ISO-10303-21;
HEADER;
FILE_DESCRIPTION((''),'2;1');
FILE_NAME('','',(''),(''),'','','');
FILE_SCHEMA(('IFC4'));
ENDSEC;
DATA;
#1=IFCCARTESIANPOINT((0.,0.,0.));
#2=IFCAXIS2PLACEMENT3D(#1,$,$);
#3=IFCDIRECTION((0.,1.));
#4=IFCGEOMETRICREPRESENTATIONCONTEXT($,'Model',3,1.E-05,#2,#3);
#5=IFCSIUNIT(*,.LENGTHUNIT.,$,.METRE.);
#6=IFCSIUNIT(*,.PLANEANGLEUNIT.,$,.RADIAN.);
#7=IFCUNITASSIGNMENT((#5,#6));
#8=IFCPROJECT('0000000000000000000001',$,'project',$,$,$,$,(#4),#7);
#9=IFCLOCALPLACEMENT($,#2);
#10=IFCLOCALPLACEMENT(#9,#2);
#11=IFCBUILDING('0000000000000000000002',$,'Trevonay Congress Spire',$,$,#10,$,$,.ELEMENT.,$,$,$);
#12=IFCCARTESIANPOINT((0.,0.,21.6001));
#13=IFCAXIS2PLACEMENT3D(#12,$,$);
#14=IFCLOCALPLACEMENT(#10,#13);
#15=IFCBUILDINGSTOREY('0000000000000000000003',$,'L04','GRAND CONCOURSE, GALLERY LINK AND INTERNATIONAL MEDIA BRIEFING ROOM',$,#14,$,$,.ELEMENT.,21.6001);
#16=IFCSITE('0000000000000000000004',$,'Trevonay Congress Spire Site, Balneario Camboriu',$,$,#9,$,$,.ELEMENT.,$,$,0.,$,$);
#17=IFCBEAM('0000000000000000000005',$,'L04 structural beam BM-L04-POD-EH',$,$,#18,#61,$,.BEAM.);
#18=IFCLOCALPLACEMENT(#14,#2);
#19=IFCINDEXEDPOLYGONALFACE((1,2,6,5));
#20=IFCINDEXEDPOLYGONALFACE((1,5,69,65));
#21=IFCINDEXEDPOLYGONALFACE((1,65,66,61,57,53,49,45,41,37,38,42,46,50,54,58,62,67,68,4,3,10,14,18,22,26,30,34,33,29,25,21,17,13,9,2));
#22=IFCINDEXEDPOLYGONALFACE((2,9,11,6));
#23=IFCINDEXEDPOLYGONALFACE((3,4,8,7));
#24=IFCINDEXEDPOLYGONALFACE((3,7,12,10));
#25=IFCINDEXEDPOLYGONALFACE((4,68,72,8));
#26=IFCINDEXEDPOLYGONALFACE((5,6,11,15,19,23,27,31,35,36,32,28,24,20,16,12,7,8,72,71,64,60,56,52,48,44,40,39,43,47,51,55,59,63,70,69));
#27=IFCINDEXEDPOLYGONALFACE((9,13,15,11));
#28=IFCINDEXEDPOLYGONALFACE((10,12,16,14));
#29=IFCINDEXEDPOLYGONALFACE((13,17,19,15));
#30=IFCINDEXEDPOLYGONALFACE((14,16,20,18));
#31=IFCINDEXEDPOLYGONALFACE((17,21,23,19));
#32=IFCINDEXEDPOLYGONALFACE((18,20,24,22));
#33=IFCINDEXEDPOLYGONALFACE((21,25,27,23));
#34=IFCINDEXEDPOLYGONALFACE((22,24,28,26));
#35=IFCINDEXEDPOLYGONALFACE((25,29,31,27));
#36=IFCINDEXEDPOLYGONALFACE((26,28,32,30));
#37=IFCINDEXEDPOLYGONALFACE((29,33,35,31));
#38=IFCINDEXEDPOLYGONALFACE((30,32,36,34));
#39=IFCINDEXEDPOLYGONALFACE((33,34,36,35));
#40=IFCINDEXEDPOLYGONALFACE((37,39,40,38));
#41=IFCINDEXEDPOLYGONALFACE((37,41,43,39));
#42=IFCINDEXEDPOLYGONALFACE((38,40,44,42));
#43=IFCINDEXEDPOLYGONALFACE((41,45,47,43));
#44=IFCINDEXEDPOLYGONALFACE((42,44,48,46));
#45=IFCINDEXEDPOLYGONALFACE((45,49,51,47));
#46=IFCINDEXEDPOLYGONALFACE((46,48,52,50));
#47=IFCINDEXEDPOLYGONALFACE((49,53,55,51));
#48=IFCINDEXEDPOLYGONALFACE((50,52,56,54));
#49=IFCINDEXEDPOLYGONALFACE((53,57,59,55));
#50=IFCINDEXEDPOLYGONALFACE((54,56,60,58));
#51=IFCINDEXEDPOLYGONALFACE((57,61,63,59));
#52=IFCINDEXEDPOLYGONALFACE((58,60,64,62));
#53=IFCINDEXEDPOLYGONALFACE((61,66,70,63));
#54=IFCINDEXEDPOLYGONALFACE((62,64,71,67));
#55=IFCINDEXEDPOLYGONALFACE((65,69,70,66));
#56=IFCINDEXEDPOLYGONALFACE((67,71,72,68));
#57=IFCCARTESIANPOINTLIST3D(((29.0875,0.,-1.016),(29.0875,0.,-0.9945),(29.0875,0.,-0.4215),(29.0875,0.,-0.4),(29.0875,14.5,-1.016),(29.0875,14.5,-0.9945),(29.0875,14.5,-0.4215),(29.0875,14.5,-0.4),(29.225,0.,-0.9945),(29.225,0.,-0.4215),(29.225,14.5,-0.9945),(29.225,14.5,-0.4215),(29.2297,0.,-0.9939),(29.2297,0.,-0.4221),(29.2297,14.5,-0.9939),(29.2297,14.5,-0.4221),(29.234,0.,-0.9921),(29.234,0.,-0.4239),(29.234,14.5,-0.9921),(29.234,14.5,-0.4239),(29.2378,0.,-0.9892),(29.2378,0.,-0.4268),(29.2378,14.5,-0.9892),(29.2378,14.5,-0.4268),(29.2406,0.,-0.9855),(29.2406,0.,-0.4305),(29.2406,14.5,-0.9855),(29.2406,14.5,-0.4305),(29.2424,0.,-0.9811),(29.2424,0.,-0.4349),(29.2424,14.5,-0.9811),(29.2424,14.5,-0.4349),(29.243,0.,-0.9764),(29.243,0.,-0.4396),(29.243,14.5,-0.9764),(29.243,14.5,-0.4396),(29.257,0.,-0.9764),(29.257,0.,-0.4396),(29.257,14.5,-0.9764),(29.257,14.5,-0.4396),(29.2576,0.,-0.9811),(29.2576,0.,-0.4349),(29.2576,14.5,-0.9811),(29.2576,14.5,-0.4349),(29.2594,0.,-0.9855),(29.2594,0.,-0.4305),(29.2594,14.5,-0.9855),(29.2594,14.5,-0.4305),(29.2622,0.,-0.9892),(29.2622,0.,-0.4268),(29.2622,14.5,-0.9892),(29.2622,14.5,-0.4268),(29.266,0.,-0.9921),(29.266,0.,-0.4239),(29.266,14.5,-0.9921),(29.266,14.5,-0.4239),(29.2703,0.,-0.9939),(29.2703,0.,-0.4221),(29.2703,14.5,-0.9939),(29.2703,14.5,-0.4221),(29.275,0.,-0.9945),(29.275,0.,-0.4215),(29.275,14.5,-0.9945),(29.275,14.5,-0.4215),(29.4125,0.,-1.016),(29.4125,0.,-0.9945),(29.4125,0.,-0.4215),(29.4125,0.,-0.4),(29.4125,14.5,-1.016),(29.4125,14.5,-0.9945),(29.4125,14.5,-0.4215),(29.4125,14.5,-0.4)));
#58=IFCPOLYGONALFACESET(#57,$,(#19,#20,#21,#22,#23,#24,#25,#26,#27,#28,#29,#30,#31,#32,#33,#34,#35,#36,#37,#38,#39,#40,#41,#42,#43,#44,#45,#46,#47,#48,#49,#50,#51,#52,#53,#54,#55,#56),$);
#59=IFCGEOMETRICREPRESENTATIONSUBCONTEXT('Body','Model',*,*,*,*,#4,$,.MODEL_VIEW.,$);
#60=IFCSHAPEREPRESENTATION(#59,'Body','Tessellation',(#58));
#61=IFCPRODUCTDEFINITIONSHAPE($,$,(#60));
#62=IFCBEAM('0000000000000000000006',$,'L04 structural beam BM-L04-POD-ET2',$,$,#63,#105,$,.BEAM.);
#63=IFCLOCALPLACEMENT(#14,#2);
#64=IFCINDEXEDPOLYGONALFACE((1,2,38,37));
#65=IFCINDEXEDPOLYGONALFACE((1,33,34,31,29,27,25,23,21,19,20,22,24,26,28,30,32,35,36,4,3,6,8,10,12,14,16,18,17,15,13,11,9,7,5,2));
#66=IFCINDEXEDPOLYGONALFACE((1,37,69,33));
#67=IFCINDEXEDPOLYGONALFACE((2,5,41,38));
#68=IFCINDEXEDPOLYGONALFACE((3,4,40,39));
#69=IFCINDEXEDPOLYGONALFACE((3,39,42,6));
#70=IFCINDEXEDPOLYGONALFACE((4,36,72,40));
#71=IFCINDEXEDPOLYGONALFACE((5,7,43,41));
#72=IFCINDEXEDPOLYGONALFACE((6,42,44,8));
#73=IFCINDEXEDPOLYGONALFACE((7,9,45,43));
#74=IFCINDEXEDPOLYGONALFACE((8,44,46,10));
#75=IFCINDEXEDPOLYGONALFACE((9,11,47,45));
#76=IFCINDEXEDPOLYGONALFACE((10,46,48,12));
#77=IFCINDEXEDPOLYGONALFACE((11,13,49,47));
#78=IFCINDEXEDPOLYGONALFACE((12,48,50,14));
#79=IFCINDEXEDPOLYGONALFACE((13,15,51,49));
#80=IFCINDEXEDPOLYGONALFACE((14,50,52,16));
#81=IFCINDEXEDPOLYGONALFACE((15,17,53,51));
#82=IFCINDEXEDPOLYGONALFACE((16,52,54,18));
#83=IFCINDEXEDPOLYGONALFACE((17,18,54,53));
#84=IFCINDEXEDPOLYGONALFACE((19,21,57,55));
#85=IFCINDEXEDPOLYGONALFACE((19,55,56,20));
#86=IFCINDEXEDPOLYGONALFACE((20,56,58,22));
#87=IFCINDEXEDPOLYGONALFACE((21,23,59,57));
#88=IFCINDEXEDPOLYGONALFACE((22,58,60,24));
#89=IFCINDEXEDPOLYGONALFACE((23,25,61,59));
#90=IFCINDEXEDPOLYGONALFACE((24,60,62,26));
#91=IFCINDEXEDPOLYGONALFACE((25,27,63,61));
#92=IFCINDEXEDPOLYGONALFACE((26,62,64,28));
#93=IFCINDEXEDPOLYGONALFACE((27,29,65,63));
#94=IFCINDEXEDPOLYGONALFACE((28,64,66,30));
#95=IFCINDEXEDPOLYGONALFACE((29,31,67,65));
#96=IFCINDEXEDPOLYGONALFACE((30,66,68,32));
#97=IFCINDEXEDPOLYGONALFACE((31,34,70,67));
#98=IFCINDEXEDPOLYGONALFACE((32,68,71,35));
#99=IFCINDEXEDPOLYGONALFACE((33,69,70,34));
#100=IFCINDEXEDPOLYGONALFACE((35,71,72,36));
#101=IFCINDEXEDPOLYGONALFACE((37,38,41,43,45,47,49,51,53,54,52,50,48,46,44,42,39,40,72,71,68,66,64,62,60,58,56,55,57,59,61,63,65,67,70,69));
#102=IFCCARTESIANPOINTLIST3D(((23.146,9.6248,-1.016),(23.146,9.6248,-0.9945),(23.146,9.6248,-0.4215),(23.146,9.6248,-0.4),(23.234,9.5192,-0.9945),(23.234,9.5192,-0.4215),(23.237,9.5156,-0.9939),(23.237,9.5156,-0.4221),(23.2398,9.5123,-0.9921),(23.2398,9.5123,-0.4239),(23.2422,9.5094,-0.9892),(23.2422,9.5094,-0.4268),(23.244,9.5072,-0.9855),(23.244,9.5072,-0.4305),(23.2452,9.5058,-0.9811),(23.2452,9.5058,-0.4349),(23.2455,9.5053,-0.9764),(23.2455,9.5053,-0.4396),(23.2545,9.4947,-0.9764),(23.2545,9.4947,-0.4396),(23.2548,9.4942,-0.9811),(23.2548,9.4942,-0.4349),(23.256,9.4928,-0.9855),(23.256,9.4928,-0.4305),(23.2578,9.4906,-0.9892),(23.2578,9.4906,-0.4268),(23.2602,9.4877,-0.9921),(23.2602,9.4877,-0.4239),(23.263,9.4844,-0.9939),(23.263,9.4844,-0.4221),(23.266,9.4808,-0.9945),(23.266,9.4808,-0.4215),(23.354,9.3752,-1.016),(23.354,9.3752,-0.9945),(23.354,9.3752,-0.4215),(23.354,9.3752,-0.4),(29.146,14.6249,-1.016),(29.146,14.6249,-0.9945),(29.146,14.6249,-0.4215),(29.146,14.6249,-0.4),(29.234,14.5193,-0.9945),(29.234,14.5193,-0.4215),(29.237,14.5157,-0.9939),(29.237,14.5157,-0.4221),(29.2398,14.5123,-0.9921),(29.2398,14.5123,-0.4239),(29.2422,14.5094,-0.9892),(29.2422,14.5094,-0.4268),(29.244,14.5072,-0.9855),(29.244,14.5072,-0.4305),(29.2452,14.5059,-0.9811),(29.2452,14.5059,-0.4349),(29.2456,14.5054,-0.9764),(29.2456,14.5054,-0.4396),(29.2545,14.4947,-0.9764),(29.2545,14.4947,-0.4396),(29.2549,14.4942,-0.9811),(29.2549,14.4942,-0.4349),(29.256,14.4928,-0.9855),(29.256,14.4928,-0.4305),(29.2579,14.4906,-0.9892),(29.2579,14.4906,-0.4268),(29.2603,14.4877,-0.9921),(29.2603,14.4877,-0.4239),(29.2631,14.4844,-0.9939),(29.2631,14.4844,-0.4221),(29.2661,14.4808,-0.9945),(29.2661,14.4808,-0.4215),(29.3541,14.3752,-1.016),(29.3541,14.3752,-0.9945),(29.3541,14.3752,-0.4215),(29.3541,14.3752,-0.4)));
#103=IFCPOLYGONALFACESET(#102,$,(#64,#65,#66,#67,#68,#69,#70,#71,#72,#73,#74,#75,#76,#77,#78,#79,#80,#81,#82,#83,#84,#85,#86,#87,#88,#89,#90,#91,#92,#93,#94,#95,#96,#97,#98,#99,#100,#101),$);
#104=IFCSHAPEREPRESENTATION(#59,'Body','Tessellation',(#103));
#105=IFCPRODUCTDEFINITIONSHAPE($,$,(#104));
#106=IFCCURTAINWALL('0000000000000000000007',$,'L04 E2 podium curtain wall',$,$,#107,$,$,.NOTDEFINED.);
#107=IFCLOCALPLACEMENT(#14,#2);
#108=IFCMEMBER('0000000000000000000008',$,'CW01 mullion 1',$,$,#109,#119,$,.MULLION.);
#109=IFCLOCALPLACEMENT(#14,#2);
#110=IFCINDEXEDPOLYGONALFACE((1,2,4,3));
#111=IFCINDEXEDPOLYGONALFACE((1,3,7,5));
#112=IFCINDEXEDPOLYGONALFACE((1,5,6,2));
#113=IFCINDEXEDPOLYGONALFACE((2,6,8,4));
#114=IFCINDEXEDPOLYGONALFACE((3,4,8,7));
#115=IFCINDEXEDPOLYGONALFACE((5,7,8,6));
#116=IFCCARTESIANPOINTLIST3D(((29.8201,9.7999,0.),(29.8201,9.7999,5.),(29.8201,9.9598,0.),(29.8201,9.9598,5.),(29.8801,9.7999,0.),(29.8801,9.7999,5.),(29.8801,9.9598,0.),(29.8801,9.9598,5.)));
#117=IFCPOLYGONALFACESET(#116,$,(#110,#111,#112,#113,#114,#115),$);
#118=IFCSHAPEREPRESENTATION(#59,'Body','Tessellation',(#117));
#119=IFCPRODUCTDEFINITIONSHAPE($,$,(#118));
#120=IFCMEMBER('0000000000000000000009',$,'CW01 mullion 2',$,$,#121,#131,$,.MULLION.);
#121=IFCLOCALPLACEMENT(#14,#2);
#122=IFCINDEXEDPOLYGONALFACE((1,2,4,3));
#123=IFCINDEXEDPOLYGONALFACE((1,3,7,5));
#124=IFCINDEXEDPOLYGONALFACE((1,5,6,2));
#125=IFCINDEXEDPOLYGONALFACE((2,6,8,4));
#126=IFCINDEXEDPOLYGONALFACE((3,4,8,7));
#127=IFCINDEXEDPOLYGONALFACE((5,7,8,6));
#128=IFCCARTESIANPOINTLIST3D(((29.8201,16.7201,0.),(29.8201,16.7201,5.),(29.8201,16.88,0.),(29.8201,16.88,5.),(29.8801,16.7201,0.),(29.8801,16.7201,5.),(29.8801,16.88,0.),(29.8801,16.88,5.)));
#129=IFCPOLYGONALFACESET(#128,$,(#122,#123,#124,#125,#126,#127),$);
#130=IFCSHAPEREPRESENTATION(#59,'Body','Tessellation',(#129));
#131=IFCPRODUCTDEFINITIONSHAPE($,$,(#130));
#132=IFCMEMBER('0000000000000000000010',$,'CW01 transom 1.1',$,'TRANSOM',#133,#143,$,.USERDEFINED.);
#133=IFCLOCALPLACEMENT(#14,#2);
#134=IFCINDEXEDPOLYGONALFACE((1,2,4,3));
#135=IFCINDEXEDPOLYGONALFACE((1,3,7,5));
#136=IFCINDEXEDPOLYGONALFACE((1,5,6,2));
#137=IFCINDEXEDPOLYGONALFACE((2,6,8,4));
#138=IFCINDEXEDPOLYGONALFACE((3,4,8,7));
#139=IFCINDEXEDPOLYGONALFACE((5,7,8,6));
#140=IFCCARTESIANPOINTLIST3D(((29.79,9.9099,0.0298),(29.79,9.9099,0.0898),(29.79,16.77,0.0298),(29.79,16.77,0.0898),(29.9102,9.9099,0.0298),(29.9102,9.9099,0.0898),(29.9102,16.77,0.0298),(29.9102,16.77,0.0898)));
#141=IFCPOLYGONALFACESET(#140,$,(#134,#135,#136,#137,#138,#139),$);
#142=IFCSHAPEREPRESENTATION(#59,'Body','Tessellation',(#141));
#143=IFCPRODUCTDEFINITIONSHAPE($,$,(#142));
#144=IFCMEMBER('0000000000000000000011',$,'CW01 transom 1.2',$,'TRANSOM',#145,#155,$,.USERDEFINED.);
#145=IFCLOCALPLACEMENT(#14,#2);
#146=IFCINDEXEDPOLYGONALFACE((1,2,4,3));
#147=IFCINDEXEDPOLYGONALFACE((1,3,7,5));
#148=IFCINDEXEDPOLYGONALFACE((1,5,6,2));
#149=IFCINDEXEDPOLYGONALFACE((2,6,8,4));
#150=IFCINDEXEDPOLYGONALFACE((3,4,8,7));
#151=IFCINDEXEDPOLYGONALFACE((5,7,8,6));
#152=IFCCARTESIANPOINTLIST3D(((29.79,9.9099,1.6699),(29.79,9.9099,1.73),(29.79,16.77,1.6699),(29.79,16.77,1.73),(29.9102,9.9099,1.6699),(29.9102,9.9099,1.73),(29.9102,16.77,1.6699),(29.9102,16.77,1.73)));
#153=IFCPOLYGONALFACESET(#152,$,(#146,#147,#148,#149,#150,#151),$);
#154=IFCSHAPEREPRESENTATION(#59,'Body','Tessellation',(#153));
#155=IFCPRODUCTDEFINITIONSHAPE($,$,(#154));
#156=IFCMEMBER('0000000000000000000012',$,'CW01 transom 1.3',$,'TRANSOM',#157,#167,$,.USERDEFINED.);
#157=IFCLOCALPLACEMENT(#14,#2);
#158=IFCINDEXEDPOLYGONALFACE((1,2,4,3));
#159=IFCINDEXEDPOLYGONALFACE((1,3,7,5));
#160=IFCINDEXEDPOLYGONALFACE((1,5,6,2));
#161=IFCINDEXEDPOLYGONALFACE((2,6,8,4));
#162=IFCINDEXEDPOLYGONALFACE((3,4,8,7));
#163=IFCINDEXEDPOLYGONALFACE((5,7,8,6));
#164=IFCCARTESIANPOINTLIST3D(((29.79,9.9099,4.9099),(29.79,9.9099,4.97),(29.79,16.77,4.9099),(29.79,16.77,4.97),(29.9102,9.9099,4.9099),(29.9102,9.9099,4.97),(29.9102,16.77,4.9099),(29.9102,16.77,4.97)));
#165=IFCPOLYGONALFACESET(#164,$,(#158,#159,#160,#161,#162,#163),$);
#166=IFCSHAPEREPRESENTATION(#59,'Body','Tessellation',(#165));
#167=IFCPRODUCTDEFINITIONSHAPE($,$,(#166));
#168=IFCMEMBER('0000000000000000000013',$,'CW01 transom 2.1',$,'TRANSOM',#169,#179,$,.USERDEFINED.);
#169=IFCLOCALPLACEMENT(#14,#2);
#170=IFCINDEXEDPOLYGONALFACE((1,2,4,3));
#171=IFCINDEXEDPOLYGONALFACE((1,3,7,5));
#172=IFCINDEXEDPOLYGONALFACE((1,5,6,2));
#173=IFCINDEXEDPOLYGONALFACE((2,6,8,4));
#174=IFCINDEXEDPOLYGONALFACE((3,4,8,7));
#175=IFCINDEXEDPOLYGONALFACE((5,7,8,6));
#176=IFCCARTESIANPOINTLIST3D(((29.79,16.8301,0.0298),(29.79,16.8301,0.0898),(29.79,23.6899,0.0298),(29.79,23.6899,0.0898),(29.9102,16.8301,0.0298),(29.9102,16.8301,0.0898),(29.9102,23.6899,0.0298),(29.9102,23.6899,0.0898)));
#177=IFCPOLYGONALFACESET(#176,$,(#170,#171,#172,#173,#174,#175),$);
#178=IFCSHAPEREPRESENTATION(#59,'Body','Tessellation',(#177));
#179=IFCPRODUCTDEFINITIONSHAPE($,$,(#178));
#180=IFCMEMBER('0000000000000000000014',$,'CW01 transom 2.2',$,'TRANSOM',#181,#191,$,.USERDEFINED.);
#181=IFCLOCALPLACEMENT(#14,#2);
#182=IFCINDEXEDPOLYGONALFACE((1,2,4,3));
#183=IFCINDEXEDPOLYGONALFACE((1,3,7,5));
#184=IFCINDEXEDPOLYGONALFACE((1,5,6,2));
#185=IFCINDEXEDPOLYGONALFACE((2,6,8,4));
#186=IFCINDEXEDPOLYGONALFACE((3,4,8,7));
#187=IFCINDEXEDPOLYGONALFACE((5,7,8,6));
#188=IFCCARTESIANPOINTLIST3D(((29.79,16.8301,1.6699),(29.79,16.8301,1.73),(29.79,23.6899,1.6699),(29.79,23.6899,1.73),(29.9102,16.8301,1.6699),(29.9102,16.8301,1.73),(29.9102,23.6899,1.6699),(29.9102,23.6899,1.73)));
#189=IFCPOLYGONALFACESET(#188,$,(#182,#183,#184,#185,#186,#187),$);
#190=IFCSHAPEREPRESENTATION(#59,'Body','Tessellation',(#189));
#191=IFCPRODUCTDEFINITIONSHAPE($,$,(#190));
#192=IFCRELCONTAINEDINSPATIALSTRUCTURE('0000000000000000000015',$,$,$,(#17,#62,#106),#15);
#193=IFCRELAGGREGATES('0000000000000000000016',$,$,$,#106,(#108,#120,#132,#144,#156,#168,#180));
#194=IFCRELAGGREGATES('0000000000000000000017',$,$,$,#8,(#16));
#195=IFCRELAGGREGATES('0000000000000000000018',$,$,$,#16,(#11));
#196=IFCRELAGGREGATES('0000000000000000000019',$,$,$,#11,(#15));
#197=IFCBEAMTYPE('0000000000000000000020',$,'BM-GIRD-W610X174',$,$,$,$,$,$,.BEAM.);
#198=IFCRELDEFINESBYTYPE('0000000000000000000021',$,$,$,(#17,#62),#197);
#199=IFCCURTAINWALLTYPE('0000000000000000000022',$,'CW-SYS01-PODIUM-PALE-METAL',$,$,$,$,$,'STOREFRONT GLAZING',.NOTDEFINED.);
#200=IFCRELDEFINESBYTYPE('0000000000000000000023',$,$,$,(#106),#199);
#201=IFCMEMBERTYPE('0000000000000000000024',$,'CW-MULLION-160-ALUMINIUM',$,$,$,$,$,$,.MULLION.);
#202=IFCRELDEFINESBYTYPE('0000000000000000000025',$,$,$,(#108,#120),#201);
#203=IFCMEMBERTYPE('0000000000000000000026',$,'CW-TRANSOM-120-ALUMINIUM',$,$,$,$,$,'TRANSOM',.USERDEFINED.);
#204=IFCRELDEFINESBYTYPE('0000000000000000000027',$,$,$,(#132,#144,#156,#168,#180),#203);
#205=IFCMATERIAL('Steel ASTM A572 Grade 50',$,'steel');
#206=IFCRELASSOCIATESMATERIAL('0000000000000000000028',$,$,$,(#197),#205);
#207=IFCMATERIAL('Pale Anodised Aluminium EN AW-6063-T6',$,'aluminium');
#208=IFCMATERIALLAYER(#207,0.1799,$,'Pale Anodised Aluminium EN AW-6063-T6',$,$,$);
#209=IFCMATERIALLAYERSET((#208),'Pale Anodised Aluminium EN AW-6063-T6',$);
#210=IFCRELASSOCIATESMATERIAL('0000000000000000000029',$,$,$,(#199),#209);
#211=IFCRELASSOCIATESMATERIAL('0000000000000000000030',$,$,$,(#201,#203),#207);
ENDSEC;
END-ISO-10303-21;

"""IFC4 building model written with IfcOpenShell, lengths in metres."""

from ifc_helpers import new_model, si_unit, direction, frame, origin, origin_2d, place, context, subcontext, project, spatial, rectangle, i_section, extrude, material, layer, layer_set, material_profile, profile_set, type_object, element, aggregate, save


model = new_model("IFC4")

# Units and contexts
model_context = context("Model", 3, precision=1e-05, world=origin(), true_north=direction((0.0, 1.0)))
body_context = subcontext(model_context, "Body", "Model", "MODEL_VIEW")
ifc_project = project(units=[si_unit("LENGTHUNIT", "METRE"), si_unit("PLANEANGLEUNIT", "RADIAN")], contexts=[model_context])

# Site, building, storey
site_placement = place(None, origin())
site = spatial("IfcSite", under=ifc_project, at=site_placement, Name="Trevonay Congress Spire Site, Balneario Camboriu", CompositionType="ELEMENT", RefElevation=0.0)
building_placement = place(site_placement, origin())
building = spatial("IfcBuilding", under=site, at=building_placement, Name="Trevonay Congress Spire", CompositionType="ELEMENT")
storey_placement = place(building_placement, frame((0.0, 0.0, 21.6001)))
storey = spatial("IfcBuildingStorey", under=building, at=storey_placement, Name="L04", Description="GRAND CONCOURSE, GALLERY LINK AND INTERNATIONAL MEDIA BRIEFING ROOM", CompositionType="ELEMENT", Elevation=21.6001)

# Shared definitions
ifc_material_1 = material(Name="Steel ASTM A572 Grade 50", Category="steel")

# Beams
ifc_material_profile_1 = material_profile(ifc_material_1, i_section(OverallWidth=0.325, OverallDepth=0.616, WebThickness=0.0139, FlangeThickness=0.0215, FilletRadius=0.0181, at=origin_2d()), Name="W610x174")
ifc_profile_set_1 = profile_set([ifc_material_profile_1], Name="Steel ASTM A572 Grade 50")
beam_type = type_object("IfcBeamType", Name="BM-GIRD-W610X174", PredefinedType="BEAM", material=ifc_profile_set_1)
beam_1_placement = place(storey_placement, frame((29.25, 0.0, -0.708), z_axis=(0.0, 1.0, 0.0), x_axis=(-1.0, 0.0, 0.0)))
element("IfcBeam", 1, at=beam_1_placement, inside=storey, type_object=beam_type, Name="L04 structural beam BM-L04-POD-EH", PredefinedType="BEAM", context=body_context, shape_type="SweptSolid", body=[
    extrude(i_section(OverallWidth=0.325, OverallDepth=0.616, WebThickness=0.0139, FlangeThickness=0.0215, FilletRadius=0.0181, at=origin_2d()), origin(), (0.0, 0.0, 1.0), 14.5),
])
beam_2_placement = place(storey_placement, frame((23.25, 9.5, -0.708), z_axis=(0.768221, 0.640184, 0.0), x_axis=(-0.640184, 0.768221, 0.0)))
element("IfcBeam", 2, at=beam_2_placement, inside=storey, type_object=beam_type, Name="L04 structural beam BM-L04-POD-ET2", PredefinedType="BEAM", context=body_context, shape_type="SweptSolid", body=[
    extrude(i_section(OverallWidth=0.325, OverallDepth=0.616, WebThickness=0.0139, FlangeThickness=0.0215, FilletRadius=0.0181, at=origin_2d()), origin(), (0.0, 0.0, 1.0), 7.8103),
])

# Curtain wall, members
ifc_material_2 = material(Name="Pale Anodised Aluminium EN AW-6063-T6", Category="aluminium")
ifc_layer_1 = layer(ifc_material_2, 0.1799, Name="Pale Anodised Aluminium EN AW-6063-T6")
ifc_layer_set_1 = layer_set([ifc_layer_1], Name="Pale Anodised Aluminium EN AW-6063-T6")
curtain_wall_type = type_object("IfcCurtainWallType", Name="CW-SYS01-PODIUM-PALE-METAL", ElementType="STOREFRONT GLAZING", PredefinedType="NOTDEFINED", material=ifc_layer_set_1)
curtain_wall_placement = place(storey_placement, origin())
curtain_wall = element("IfcCurtainWall", 3, at=curtain_wall_placement, inside=storey, type_object=curtain_wall_type, Name="L04 E2 podium curtain wall", PredefinedType="NOTDEFINED")
ifc_material_profile_2 = material_profile(ifc_material_2, rectangle(XDim=0.0601, YDim=0.1599, at=origin_2d()), Name="CW-MULLION-160-ALUMINIUM")
ifc_profile_set_2 = profile_set([ifc_material_profile_2], Name="Pale Anodised Aluminium EN AW-6063-T6")
member_type_1 = type_object("IfcMemberType", Name="CW-MULLION-160-ALUMINIUM", PredefinedType="MULLION", material=ifc_profile_set_2)
member_1_placement = place(storey_placement, frame((29.8501, 9.8799, 0.0), z_axis=(0.0, 0.0, 1.0), x_axis=(-1.0, 0.0, 0.0)))
member_1 = element("IfcMember", 4, at=member_1_placement, type_object=member_type_1, Name="CW01 mullion 1", PredefinedType="MULLION", context=body_context, shape_type="SweptSolid", body=[
    extrude(rectangle(XDim=0.0601, YDim=0.1599, at=origin_2d()), origin(), (0.0, 0.0, 1.0), 5.0),
])
member_2_placement = place(storey_placement, frame((29.8501, 16.8, 0.0), z_axis=(0.0, 0.0, 1.0), x_axis=(-1.0, 0.0, 0.0)))
member_2 = element("IfcMember", 5, at=member_2_placement, type_object=member_type_1, Name="CW01 mullion 2", PredefinedType="MULLION", context=body_context, shape_type="SweptSolid", body=[
    extrude(rectangle(XDim=0.0601, YDim=0.1599, at=origin_2d()), origin(), (0.0, 0.0, 1.0), 5.0),
])
ifc_material_profile_3 = material_profile(ifc_material_2, rectangle(XDim=0.1201, YDim=0.0601, at=origin_2d()), Name="CW-TRANSOM-120-ALUMINIUM")
ifc_profile_set_3 = profile_set([ifc_material_profile_3], Name="Pale Anodised Aluminium EN AW-6063-T6")
member_type_2 = type_object("IfcMemberType", Name="CW-TRANSOM-120-ALUMINIUM", ElementType="TRANSOM", PredefinedType="USERDEFINED", material=ifc_profile_set_3)
member_3_placement = place(storey_placement, frame((29.8501, 9.9099, 0.0598), z_axis=(0.0, 1.0, 0.0), x_axis=(-1.0, 0.0, 0.0)))
member_3 = element("IfcMember", 6, at=member_3_placement, type_object=member_type_2, Name="CW01 transom 1.1", ObjectType="TRANSOM", PredefinedType="USERDEFINED", context=body_context, shape_type="SweptSolid", body=[
    extrude(rectangle(XDim=0.1201, YDim=0.0601, at=origin_2d()), origin(), (0.0, 0.0, 1.0), 6.8601),
])
member_4_placement = place(storey_placement, frame((29.8501, 9.9099, 1.7), z_axis=(0.0, 1.0, 0.0), x_axis=(-1.0, 0.0, 0.0)))
member_4 = element("IfcMember", 7, at=member_4_placement, type_object=member_type_2, Name="CW01 transom 1.2", ObjectType="TRANSOM", PredefinedType="USERDEFINED", context=body_context, shape_type="SweptSolid", body=[
    extrude(rectangle(XDim=0.1201, YDim=0.0601, at=origin_2d()), origin(), (0.0, 0.0, 1.0), 6.8601),
])
member_5_placement = place(storey_placement, frame((29.8501, 9.9099, 4.9399), z_axis=(0.0, 1.0, 0.0), x_axis=(-1.0, 0.0, 0.0)))
member_5 = element("IfcMember", 8, at=member_5_placement, type_object=member_type_2, Name="CW01 transom 1.3", ObjectType="TRANSOM", PredefinedType="USERDEFINED", context=body_context, shape_type="SweptSolid", body=[
    extrude(rectangle(XDim=0.1201, YDim=0.0601, at=origin_2d()), origin(), (0.0, 0.0, 1.0), 6.8601),
])
member_6_placement = place(storey_placement, frame((29.8501, 16.8301, 0.0598), z_axis=(0.0, 1.0, 0.0), x_axis=(-1.0, 0.0, 0.0)))
member_6 = element("IfcMember", 9, at=member_6_placement, type_object=member_type_2, Name="CW01 transom 2.1", ObjectType="TRANSOM", PredefinedType="USERDEFINED", context=body_context, shape_type="SweptSolid", body=[
    extrude(rectangle(XDim=0.1201, YDim=0.0601, at=origin_2d()), origin(), (0.0, 0.0, 1.0), 6.8599),
])
member_7_placement = place(storey_placement, frame((29.8501, 16.8301, 1.7), z_axis=(0.0, 1.0, 0.0), x_axis=(-1.0, 0.0, 0.0)))
member_7 = element("IfcMember", 10, at=member_7_placement, type_object=member_type_2, Name="CW01 transom 2.2", ObjectType="TRANSOM", PredefinedType="USERDEFINED", context=body_context, shape_type="SweptSolid", body=[
    extrude(rectangle(XDim=0.1201, YDim=0.0601, at=origin_2d()), origin(), (0.0, 0.0, 1.0), 6.8599),
])

aggregate(curtain_wall, [member_1, member_2, member_3, member_4, member_5, member_6, member_7])

save(model, "model.ifc")
